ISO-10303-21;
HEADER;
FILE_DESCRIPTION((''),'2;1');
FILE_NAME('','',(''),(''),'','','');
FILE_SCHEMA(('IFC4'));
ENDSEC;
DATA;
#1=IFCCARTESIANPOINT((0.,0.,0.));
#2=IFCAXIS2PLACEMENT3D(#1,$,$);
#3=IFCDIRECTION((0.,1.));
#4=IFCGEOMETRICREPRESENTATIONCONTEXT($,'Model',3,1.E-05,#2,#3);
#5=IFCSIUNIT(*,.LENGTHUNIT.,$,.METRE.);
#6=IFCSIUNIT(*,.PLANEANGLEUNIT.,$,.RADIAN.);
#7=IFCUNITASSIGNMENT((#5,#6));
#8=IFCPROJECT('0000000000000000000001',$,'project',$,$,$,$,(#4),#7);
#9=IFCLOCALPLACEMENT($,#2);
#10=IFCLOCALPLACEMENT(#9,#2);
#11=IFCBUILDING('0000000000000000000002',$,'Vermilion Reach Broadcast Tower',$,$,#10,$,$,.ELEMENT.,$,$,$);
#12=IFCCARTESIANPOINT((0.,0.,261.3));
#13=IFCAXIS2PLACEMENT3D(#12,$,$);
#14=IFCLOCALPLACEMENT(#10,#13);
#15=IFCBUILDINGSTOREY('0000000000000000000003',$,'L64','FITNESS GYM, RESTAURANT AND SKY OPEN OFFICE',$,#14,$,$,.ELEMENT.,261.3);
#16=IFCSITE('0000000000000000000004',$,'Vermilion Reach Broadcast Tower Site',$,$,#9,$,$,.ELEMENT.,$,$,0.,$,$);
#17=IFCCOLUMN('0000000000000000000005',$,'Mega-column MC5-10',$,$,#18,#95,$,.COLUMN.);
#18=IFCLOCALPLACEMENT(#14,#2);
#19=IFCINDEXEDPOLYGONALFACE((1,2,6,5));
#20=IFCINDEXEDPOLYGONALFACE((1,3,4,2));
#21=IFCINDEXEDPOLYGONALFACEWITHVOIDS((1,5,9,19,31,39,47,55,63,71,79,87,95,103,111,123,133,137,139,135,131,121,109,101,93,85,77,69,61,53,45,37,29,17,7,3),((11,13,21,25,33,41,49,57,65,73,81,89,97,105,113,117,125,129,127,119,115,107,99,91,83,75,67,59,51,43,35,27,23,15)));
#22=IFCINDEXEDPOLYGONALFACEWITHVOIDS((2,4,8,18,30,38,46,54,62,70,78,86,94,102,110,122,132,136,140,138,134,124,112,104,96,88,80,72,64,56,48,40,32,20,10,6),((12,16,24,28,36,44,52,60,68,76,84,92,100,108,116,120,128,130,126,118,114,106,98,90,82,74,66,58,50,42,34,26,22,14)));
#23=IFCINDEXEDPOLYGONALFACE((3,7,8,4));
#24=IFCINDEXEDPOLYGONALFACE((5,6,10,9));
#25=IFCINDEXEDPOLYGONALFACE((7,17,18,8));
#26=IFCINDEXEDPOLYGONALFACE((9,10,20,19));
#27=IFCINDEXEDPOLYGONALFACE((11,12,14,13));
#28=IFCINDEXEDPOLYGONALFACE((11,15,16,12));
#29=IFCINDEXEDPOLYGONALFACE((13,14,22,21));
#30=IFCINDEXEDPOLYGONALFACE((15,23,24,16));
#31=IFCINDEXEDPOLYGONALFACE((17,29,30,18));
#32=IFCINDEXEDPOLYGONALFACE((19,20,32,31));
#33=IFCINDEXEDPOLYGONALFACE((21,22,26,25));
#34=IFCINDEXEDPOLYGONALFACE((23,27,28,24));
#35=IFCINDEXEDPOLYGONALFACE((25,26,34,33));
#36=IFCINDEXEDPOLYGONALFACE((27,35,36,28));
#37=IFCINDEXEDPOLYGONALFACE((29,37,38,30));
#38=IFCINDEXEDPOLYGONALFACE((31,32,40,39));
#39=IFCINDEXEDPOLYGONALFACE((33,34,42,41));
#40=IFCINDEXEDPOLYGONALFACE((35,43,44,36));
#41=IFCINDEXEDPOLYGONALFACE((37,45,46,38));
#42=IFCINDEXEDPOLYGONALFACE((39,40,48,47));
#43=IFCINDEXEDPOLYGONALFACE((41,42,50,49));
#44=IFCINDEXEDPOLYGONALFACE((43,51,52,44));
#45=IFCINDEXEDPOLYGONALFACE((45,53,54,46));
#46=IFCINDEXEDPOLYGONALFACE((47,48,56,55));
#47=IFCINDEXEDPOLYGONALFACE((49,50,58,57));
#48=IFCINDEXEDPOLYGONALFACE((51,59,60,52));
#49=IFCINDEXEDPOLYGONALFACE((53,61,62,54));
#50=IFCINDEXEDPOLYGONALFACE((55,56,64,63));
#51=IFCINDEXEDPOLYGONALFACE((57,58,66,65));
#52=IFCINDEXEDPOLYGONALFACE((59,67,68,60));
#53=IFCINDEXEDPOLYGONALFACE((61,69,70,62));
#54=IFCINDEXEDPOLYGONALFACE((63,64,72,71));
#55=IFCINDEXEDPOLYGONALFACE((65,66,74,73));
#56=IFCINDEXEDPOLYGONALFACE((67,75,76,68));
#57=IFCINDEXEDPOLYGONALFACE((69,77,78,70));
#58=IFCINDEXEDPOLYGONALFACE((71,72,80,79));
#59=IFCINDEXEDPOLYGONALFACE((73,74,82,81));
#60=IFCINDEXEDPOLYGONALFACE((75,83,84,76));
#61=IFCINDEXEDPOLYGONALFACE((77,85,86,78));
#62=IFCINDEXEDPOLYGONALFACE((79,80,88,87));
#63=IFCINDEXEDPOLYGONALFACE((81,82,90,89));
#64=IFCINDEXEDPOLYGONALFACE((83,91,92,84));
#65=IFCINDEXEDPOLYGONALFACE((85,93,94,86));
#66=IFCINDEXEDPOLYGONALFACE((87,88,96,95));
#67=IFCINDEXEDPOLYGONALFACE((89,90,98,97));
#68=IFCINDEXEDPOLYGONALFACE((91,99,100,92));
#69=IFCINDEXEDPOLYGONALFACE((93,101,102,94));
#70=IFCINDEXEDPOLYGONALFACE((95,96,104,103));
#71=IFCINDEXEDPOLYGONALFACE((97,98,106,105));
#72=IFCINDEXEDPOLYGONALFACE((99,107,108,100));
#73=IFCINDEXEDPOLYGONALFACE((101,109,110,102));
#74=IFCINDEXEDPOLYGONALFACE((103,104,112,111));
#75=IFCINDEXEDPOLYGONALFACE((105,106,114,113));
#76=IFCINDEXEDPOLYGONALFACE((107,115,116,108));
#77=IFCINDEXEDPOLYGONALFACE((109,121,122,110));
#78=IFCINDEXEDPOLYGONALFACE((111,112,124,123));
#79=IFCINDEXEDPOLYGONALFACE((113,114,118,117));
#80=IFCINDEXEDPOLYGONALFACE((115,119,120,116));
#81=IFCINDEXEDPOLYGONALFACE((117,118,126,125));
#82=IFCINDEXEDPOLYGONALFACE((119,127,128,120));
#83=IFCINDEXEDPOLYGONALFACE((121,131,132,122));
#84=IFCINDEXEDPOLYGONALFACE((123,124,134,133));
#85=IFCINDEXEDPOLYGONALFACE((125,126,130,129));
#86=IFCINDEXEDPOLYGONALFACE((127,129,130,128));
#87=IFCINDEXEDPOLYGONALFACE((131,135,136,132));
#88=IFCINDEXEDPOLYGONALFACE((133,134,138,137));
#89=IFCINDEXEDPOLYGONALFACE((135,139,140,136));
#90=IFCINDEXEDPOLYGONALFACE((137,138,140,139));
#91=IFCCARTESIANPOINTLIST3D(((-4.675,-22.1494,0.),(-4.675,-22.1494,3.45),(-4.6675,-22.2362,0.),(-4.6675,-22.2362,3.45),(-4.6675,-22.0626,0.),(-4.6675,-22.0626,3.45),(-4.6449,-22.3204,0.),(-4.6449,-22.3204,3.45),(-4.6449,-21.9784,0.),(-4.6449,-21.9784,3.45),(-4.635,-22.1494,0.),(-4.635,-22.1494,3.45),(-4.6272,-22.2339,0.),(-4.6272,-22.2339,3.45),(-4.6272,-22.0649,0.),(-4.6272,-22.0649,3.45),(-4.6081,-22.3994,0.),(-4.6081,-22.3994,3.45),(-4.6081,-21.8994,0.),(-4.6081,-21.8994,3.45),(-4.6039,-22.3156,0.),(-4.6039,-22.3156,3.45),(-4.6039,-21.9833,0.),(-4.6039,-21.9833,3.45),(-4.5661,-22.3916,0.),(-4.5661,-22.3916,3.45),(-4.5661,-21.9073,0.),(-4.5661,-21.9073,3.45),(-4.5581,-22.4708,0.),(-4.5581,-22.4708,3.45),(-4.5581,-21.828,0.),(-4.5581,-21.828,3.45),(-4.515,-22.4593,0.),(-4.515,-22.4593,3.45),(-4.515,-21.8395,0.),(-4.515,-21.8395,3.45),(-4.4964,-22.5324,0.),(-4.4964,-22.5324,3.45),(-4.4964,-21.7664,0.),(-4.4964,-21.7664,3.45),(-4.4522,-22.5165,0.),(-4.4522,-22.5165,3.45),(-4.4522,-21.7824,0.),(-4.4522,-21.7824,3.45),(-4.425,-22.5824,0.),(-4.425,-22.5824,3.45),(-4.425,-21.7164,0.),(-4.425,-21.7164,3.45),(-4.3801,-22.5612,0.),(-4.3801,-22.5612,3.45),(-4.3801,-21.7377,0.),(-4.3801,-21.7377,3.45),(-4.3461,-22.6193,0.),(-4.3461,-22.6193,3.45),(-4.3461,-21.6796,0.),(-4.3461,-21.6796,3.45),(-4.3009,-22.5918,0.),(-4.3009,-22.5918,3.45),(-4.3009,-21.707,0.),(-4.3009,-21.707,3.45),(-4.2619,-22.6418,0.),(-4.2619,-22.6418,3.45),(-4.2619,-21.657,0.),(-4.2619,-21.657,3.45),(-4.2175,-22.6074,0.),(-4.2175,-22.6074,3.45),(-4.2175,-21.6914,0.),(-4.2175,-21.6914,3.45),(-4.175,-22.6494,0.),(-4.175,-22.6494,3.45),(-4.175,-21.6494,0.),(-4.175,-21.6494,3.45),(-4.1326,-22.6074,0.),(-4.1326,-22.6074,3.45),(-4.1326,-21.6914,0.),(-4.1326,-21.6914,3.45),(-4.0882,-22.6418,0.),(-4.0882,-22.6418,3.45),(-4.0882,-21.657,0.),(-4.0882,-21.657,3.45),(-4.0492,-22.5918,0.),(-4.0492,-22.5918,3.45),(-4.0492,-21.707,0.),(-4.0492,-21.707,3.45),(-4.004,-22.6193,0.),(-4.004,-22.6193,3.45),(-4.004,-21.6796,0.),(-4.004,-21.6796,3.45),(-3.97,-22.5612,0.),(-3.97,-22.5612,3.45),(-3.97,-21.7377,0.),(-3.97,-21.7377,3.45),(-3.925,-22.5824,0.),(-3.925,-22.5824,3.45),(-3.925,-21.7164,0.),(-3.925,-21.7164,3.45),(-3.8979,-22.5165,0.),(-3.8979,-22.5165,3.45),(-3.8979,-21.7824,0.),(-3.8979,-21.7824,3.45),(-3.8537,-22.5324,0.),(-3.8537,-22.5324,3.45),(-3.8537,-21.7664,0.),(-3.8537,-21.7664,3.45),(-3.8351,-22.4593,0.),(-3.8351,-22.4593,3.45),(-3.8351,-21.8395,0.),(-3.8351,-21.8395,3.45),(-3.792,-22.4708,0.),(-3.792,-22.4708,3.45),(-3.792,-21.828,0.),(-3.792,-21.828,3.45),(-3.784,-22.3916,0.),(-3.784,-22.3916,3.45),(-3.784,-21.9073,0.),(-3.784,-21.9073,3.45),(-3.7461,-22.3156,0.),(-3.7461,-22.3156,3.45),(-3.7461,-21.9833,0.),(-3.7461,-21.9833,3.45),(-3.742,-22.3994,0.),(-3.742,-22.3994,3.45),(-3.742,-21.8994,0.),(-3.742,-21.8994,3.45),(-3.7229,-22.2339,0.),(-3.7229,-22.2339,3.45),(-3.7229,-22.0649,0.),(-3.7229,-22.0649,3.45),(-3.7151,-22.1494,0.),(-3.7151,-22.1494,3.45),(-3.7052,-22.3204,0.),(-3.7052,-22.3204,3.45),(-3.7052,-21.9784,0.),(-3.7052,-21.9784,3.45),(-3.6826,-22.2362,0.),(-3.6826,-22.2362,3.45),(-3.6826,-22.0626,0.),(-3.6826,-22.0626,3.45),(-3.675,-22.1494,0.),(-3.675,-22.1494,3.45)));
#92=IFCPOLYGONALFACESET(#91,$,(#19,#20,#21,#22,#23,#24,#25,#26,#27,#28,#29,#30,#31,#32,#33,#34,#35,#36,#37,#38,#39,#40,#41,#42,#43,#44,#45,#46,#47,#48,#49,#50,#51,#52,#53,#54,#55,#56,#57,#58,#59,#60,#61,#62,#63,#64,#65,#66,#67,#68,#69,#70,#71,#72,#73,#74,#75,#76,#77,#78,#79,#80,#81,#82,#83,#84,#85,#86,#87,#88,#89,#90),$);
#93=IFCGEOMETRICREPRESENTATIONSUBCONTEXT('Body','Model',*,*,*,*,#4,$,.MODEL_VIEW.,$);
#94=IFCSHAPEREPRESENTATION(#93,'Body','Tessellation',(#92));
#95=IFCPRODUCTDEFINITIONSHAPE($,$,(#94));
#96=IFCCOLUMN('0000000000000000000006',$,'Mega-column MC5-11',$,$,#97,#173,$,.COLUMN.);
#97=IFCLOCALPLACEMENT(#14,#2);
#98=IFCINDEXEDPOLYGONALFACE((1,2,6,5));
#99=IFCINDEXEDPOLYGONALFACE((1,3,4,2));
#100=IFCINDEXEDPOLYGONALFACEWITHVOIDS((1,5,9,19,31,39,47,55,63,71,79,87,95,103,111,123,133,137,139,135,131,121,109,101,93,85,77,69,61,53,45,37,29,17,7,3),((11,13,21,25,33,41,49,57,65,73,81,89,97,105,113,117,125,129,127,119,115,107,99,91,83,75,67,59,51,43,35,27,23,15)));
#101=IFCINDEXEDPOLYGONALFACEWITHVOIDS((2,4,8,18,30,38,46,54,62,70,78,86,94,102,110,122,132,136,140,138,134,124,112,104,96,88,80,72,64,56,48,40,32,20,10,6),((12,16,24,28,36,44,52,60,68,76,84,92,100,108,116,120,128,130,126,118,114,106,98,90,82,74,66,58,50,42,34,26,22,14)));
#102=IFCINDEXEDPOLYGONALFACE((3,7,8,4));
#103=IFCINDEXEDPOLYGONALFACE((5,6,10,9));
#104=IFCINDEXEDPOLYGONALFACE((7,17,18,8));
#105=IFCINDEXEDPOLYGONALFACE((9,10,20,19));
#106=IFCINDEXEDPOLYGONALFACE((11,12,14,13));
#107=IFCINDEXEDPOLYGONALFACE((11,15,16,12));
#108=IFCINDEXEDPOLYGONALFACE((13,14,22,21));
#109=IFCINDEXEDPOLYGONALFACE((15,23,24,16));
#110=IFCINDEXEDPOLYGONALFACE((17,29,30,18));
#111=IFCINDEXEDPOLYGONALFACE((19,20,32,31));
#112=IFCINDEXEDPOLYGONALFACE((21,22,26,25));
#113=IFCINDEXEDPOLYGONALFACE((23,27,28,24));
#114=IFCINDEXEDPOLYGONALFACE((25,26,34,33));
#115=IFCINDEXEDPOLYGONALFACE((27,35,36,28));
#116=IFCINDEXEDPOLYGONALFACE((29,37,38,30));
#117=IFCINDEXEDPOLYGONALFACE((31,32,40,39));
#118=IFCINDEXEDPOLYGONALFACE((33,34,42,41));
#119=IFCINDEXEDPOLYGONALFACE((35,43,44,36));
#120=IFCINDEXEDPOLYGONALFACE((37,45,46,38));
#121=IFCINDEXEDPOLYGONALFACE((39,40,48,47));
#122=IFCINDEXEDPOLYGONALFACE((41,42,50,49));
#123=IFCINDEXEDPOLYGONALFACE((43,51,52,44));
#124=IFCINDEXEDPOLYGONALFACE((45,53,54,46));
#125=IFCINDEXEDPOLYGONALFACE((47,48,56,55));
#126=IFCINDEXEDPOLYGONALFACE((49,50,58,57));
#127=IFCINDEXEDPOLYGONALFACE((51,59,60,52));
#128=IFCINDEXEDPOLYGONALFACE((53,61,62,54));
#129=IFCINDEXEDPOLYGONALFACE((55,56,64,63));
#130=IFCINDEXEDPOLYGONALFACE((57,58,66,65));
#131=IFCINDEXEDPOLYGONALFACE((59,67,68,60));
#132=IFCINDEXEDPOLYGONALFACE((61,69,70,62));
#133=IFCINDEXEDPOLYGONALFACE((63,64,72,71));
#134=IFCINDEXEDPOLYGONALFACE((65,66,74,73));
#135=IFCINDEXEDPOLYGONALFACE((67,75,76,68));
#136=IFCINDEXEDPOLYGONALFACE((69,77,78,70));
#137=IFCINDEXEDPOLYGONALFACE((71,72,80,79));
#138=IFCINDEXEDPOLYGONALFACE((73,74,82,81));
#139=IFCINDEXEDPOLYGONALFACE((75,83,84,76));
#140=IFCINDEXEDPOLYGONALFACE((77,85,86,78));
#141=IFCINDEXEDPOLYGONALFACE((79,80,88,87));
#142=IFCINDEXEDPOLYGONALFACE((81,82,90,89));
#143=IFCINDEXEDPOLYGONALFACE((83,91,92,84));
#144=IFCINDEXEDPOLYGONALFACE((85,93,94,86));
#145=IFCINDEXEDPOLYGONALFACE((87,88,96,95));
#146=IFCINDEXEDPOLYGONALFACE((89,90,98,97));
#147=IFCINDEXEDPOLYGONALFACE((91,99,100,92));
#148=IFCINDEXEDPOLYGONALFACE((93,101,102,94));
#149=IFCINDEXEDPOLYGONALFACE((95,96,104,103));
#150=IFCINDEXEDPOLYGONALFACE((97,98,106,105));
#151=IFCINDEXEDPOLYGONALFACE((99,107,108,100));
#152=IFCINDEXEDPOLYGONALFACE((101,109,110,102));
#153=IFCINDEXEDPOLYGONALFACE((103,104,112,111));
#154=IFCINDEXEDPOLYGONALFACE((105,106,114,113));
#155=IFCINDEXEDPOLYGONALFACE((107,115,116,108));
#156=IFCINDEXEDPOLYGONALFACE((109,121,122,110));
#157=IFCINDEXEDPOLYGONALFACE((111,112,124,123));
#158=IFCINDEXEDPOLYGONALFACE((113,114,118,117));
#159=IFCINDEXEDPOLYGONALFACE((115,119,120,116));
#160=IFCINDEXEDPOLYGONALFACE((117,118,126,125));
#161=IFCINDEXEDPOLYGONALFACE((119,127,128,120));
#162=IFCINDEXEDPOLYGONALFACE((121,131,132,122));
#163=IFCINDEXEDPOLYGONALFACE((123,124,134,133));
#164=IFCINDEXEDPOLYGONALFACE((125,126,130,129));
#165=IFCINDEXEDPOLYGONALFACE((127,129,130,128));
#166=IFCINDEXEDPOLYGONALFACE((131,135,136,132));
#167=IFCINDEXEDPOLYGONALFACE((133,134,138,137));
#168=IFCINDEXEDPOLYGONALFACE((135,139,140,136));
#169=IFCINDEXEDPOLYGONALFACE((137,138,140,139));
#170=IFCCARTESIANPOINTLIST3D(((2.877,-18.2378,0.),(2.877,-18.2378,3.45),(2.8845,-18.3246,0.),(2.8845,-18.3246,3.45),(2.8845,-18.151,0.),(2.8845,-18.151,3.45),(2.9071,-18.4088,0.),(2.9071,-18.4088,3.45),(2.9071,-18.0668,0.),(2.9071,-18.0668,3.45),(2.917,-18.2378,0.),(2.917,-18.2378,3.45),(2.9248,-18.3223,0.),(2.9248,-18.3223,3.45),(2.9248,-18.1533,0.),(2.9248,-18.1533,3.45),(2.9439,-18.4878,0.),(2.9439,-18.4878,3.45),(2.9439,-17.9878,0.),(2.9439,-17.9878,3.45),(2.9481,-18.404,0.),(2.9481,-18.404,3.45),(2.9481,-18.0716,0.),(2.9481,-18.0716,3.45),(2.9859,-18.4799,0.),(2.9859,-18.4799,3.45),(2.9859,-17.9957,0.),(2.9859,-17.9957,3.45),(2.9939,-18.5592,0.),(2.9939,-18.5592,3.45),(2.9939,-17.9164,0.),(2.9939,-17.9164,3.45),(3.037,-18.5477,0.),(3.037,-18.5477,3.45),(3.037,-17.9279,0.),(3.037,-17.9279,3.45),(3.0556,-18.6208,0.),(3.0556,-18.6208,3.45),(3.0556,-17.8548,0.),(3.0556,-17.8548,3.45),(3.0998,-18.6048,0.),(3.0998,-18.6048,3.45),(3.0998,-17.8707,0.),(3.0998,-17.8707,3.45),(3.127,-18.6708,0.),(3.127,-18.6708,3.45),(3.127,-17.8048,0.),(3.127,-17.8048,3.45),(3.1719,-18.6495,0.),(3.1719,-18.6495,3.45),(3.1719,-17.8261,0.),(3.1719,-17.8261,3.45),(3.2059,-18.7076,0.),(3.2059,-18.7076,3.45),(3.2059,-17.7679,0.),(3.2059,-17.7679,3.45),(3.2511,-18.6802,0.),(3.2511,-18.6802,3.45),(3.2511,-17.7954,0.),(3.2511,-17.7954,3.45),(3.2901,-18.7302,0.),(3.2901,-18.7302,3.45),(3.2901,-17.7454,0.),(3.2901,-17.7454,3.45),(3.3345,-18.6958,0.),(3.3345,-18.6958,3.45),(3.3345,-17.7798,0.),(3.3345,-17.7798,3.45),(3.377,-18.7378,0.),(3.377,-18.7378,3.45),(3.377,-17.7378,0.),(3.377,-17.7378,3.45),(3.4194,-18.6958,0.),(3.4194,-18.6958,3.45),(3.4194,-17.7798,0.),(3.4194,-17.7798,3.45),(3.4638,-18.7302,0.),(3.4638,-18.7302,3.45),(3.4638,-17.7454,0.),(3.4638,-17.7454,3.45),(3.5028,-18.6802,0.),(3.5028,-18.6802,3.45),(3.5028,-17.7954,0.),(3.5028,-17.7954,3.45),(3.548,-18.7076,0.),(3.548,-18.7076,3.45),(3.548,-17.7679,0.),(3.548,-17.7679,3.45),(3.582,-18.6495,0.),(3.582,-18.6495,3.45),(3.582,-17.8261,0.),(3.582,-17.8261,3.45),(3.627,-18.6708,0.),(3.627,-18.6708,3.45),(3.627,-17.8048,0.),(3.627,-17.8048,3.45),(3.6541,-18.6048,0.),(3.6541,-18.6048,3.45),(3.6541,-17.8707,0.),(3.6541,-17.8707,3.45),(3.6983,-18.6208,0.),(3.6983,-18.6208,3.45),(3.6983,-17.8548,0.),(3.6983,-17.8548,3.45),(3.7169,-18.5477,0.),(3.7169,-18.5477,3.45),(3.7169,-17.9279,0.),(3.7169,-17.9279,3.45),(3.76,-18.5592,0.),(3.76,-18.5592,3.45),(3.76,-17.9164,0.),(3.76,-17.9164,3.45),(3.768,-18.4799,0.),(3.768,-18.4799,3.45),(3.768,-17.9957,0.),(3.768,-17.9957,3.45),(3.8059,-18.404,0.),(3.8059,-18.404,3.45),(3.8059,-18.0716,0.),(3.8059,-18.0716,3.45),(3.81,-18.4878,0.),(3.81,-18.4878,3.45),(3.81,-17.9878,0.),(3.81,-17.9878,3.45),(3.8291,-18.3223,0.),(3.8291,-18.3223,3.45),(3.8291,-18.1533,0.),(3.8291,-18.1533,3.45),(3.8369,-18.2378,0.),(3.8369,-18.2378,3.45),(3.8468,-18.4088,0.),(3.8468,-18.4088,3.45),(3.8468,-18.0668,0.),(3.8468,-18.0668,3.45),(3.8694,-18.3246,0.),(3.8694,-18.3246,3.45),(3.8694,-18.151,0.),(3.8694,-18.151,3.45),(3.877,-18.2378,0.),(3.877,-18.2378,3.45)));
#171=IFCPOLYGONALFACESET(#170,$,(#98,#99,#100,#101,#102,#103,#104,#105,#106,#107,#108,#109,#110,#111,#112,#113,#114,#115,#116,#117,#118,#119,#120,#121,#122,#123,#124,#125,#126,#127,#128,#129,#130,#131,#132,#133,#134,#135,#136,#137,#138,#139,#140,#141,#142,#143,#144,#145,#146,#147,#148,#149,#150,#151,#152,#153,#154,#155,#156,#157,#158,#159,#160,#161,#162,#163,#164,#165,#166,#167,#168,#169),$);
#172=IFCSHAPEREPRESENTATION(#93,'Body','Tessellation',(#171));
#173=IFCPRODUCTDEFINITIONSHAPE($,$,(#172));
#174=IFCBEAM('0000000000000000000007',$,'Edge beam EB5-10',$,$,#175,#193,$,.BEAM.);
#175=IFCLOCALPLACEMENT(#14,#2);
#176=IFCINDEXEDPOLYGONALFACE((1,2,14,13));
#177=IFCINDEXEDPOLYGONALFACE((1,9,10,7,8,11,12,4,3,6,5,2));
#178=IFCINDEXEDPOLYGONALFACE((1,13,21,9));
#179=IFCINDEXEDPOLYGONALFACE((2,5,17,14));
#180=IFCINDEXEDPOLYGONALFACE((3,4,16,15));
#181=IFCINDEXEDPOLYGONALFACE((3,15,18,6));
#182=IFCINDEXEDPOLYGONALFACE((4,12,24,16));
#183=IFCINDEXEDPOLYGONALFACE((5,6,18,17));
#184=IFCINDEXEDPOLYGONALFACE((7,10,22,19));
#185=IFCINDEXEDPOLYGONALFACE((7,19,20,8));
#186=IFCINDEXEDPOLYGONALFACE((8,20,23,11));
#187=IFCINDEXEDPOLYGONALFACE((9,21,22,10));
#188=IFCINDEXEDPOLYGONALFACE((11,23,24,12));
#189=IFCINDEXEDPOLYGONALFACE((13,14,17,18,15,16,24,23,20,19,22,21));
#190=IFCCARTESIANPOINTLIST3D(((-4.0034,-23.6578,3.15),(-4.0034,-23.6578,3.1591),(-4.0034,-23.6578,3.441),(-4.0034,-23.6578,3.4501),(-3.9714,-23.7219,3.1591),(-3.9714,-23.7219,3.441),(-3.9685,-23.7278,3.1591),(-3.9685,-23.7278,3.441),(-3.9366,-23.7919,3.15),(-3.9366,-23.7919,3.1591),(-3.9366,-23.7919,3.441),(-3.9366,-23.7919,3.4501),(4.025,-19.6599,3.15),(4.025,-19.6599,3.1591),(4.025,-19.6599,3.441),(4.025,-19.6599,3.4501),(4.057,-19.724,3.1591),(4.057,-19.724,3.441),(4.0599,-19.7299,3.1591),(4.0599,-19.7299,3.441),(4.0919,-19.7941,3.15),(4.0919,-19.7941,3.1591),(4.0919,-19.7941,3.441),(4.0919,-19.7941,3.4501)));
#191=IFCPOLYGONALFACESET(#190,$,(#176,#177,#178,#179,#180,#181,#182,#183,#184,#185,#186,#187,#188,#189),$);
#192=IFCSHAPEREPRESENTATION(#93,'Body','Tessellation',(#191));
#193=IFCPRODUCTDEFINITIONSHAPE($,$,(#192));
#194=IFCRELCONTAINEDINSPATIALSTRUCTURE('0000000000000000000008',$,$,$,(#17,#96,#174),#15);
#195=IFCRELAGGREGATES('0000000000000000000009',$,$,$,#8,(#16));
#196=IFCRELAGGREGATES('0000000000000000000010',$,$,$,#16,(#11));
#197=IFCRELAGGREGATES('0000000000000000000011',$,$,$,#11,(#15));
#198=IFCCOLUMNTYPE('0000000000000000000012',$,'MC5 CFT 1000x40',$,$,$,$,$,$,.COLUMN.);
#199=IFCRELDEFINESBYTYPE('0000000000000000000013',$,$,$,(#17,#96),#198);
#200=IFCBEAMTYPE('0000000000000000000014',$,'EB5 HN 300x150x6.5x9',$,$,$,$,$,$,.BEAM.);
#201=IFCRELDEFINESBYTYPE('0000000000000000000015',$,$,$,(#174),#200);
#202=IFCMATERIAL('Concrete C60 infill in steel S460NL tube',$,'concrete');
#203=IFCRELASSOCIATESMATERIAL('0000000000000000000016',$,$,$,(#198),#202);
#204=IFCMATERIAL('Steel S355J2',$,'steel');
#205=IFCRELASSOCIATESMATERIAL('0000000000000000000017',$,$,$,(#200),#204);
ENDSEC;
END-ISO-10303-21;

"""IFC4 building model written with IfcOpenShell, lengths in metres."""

from ifc_helpers import new_model, si_unit, direction, frame, origin, origin_2d, place, context, subcontext, project, spatial, hollow_circle, i_section, extrude, material, material_profile, profile_set, type_object, element, save


model = new_model("IFC4")

# Units and contexts
model_context = context("Model", 3, precision=1e-05, world=origin(), true_north=direction((0.0, 1.0)))
body_context = subcontext(model_context, "Body", "Model", "MODEL_VIEW")
ifc_project = project(units=[si_unit("LENGTHUNIT", "METRE"), si_unit("PLANEANGLEUNIT", "RADIAN")], contexts=[model_context])

# Site, building, storey
site_placement = place(None, origin())
site = spatial("IfcSite", under=ifc_project, at=site_placement, Name="Vermilion Reach Broadcast Tower Site", CompositionType="ELEMENT", RefElevation=0.0)
building_placement = place(site_placement, origin())
building = spatial("IfcBuilding", under=site, at=building_placement, Name="Vermilion Reach Broadcast Tower", CompositionType="ELEMENT")
storey_placement = place(building_placement, frame((0.0, 0.0, 261.3)))
storey = spatial("IfcBuildingStorey", under=building, at=storey_placement, Name="L64", Description="FITNESS GYM, RESTAURANT AND SKY OPEN OFFICE", CompositionType="ELEMENT", Elevation=261.3)

# Columns
ifc_material_1 = material(Name="Concrete C60 infill in steel S460NL tube", Category="concrete")
ifc_material_profile_1 = material_profile(ifc_material_1, hollow_circle(Radius=0.5, WallThickness=0.04, at=origin_2d()), Name="Concrete C60 infill in steel S460NL tube CFT 1000x40")
ifc_profile_set_1 = profile_set([ifc_material_profile_1], Name="Concrete C60 infill in steel S460NL tube")
column_type = type_object("IfcColumnType", Name="MC5 CFT 1000x40", PredefinedType="COLUMN", material=ifc_profile_set_1)
for number, where, z_axis, x_axis, name in (
    (1, (-4.175, -22.1494, 0.0), (0.0, 0.0, 1.0), (1.0, 0.0, 0.0), "Mega-column MC5-10"),
    (2, (3.377, -18.2378, 0.0), (0.0, 0.0, 1.0), (1.0, 0.0, 0.0), "Mega-column MC5-11"),
):
    element("IfcColumn", number, at=place(storey_placement, frame(where, z_axis=z_axis, x_axis=x_axis)), inside=storey, type_object=column_type, Name=name, PredefinedType="COLUMN", context=body_context, shape_type="SweptSolid", body=[
        extrude(hollow_circle(Radius=0.5, WallThickness=0.04, at=origin_2d()), origin(), (0.0, 0.0, 1.0), 3.45),
    ])

# Beam
ifc_material_2 = material(Name="Steel S355J2", Category="steel")
ifc_material_profile_2 = material_profile(ifc_material_2, i_section(OverallWidth=0.1499, OverallDepth=0.3, WebThickness=0.0066, FlangeThickness=0.009, at=origin_2d()), Name="S355J2 HN 300x150x6.5x9")
ifc_profile_set_2 = profile_set([ifc_material_profile_2], Name="Steel S355J2")
beam_type_1 = type_object("IfcBeamType", Name="EB5 HN 300x150x6.5x9", PredefinedType="BEAM", material=ifc_profile_set_2)
beam_1_placement = place(storey_placement, frame((-3.97, -23.7249, 3.3), z_axis=(0.895156, 0.445754, 0.0), x_axis=(-0.445754, 0.895156, 0.0)))
element("IfcBeam", 3, at=beam_1_placement, inside=storey, type_object=beam_type_1, Name="Edge beam EB5-10", PredefinedType="BEAM", context=body_context, shape_type="SweptSolid", body=[
    extrude(i_section(OverallWidth=0.1499, OverallDepth=0.3, WebThickness=0.0066, FlangeThickness=0.009, at=origin_2d()), origin(), (0.0, 0.0, 1.0), 8.9688),
])

save(model, "model.ifc")
